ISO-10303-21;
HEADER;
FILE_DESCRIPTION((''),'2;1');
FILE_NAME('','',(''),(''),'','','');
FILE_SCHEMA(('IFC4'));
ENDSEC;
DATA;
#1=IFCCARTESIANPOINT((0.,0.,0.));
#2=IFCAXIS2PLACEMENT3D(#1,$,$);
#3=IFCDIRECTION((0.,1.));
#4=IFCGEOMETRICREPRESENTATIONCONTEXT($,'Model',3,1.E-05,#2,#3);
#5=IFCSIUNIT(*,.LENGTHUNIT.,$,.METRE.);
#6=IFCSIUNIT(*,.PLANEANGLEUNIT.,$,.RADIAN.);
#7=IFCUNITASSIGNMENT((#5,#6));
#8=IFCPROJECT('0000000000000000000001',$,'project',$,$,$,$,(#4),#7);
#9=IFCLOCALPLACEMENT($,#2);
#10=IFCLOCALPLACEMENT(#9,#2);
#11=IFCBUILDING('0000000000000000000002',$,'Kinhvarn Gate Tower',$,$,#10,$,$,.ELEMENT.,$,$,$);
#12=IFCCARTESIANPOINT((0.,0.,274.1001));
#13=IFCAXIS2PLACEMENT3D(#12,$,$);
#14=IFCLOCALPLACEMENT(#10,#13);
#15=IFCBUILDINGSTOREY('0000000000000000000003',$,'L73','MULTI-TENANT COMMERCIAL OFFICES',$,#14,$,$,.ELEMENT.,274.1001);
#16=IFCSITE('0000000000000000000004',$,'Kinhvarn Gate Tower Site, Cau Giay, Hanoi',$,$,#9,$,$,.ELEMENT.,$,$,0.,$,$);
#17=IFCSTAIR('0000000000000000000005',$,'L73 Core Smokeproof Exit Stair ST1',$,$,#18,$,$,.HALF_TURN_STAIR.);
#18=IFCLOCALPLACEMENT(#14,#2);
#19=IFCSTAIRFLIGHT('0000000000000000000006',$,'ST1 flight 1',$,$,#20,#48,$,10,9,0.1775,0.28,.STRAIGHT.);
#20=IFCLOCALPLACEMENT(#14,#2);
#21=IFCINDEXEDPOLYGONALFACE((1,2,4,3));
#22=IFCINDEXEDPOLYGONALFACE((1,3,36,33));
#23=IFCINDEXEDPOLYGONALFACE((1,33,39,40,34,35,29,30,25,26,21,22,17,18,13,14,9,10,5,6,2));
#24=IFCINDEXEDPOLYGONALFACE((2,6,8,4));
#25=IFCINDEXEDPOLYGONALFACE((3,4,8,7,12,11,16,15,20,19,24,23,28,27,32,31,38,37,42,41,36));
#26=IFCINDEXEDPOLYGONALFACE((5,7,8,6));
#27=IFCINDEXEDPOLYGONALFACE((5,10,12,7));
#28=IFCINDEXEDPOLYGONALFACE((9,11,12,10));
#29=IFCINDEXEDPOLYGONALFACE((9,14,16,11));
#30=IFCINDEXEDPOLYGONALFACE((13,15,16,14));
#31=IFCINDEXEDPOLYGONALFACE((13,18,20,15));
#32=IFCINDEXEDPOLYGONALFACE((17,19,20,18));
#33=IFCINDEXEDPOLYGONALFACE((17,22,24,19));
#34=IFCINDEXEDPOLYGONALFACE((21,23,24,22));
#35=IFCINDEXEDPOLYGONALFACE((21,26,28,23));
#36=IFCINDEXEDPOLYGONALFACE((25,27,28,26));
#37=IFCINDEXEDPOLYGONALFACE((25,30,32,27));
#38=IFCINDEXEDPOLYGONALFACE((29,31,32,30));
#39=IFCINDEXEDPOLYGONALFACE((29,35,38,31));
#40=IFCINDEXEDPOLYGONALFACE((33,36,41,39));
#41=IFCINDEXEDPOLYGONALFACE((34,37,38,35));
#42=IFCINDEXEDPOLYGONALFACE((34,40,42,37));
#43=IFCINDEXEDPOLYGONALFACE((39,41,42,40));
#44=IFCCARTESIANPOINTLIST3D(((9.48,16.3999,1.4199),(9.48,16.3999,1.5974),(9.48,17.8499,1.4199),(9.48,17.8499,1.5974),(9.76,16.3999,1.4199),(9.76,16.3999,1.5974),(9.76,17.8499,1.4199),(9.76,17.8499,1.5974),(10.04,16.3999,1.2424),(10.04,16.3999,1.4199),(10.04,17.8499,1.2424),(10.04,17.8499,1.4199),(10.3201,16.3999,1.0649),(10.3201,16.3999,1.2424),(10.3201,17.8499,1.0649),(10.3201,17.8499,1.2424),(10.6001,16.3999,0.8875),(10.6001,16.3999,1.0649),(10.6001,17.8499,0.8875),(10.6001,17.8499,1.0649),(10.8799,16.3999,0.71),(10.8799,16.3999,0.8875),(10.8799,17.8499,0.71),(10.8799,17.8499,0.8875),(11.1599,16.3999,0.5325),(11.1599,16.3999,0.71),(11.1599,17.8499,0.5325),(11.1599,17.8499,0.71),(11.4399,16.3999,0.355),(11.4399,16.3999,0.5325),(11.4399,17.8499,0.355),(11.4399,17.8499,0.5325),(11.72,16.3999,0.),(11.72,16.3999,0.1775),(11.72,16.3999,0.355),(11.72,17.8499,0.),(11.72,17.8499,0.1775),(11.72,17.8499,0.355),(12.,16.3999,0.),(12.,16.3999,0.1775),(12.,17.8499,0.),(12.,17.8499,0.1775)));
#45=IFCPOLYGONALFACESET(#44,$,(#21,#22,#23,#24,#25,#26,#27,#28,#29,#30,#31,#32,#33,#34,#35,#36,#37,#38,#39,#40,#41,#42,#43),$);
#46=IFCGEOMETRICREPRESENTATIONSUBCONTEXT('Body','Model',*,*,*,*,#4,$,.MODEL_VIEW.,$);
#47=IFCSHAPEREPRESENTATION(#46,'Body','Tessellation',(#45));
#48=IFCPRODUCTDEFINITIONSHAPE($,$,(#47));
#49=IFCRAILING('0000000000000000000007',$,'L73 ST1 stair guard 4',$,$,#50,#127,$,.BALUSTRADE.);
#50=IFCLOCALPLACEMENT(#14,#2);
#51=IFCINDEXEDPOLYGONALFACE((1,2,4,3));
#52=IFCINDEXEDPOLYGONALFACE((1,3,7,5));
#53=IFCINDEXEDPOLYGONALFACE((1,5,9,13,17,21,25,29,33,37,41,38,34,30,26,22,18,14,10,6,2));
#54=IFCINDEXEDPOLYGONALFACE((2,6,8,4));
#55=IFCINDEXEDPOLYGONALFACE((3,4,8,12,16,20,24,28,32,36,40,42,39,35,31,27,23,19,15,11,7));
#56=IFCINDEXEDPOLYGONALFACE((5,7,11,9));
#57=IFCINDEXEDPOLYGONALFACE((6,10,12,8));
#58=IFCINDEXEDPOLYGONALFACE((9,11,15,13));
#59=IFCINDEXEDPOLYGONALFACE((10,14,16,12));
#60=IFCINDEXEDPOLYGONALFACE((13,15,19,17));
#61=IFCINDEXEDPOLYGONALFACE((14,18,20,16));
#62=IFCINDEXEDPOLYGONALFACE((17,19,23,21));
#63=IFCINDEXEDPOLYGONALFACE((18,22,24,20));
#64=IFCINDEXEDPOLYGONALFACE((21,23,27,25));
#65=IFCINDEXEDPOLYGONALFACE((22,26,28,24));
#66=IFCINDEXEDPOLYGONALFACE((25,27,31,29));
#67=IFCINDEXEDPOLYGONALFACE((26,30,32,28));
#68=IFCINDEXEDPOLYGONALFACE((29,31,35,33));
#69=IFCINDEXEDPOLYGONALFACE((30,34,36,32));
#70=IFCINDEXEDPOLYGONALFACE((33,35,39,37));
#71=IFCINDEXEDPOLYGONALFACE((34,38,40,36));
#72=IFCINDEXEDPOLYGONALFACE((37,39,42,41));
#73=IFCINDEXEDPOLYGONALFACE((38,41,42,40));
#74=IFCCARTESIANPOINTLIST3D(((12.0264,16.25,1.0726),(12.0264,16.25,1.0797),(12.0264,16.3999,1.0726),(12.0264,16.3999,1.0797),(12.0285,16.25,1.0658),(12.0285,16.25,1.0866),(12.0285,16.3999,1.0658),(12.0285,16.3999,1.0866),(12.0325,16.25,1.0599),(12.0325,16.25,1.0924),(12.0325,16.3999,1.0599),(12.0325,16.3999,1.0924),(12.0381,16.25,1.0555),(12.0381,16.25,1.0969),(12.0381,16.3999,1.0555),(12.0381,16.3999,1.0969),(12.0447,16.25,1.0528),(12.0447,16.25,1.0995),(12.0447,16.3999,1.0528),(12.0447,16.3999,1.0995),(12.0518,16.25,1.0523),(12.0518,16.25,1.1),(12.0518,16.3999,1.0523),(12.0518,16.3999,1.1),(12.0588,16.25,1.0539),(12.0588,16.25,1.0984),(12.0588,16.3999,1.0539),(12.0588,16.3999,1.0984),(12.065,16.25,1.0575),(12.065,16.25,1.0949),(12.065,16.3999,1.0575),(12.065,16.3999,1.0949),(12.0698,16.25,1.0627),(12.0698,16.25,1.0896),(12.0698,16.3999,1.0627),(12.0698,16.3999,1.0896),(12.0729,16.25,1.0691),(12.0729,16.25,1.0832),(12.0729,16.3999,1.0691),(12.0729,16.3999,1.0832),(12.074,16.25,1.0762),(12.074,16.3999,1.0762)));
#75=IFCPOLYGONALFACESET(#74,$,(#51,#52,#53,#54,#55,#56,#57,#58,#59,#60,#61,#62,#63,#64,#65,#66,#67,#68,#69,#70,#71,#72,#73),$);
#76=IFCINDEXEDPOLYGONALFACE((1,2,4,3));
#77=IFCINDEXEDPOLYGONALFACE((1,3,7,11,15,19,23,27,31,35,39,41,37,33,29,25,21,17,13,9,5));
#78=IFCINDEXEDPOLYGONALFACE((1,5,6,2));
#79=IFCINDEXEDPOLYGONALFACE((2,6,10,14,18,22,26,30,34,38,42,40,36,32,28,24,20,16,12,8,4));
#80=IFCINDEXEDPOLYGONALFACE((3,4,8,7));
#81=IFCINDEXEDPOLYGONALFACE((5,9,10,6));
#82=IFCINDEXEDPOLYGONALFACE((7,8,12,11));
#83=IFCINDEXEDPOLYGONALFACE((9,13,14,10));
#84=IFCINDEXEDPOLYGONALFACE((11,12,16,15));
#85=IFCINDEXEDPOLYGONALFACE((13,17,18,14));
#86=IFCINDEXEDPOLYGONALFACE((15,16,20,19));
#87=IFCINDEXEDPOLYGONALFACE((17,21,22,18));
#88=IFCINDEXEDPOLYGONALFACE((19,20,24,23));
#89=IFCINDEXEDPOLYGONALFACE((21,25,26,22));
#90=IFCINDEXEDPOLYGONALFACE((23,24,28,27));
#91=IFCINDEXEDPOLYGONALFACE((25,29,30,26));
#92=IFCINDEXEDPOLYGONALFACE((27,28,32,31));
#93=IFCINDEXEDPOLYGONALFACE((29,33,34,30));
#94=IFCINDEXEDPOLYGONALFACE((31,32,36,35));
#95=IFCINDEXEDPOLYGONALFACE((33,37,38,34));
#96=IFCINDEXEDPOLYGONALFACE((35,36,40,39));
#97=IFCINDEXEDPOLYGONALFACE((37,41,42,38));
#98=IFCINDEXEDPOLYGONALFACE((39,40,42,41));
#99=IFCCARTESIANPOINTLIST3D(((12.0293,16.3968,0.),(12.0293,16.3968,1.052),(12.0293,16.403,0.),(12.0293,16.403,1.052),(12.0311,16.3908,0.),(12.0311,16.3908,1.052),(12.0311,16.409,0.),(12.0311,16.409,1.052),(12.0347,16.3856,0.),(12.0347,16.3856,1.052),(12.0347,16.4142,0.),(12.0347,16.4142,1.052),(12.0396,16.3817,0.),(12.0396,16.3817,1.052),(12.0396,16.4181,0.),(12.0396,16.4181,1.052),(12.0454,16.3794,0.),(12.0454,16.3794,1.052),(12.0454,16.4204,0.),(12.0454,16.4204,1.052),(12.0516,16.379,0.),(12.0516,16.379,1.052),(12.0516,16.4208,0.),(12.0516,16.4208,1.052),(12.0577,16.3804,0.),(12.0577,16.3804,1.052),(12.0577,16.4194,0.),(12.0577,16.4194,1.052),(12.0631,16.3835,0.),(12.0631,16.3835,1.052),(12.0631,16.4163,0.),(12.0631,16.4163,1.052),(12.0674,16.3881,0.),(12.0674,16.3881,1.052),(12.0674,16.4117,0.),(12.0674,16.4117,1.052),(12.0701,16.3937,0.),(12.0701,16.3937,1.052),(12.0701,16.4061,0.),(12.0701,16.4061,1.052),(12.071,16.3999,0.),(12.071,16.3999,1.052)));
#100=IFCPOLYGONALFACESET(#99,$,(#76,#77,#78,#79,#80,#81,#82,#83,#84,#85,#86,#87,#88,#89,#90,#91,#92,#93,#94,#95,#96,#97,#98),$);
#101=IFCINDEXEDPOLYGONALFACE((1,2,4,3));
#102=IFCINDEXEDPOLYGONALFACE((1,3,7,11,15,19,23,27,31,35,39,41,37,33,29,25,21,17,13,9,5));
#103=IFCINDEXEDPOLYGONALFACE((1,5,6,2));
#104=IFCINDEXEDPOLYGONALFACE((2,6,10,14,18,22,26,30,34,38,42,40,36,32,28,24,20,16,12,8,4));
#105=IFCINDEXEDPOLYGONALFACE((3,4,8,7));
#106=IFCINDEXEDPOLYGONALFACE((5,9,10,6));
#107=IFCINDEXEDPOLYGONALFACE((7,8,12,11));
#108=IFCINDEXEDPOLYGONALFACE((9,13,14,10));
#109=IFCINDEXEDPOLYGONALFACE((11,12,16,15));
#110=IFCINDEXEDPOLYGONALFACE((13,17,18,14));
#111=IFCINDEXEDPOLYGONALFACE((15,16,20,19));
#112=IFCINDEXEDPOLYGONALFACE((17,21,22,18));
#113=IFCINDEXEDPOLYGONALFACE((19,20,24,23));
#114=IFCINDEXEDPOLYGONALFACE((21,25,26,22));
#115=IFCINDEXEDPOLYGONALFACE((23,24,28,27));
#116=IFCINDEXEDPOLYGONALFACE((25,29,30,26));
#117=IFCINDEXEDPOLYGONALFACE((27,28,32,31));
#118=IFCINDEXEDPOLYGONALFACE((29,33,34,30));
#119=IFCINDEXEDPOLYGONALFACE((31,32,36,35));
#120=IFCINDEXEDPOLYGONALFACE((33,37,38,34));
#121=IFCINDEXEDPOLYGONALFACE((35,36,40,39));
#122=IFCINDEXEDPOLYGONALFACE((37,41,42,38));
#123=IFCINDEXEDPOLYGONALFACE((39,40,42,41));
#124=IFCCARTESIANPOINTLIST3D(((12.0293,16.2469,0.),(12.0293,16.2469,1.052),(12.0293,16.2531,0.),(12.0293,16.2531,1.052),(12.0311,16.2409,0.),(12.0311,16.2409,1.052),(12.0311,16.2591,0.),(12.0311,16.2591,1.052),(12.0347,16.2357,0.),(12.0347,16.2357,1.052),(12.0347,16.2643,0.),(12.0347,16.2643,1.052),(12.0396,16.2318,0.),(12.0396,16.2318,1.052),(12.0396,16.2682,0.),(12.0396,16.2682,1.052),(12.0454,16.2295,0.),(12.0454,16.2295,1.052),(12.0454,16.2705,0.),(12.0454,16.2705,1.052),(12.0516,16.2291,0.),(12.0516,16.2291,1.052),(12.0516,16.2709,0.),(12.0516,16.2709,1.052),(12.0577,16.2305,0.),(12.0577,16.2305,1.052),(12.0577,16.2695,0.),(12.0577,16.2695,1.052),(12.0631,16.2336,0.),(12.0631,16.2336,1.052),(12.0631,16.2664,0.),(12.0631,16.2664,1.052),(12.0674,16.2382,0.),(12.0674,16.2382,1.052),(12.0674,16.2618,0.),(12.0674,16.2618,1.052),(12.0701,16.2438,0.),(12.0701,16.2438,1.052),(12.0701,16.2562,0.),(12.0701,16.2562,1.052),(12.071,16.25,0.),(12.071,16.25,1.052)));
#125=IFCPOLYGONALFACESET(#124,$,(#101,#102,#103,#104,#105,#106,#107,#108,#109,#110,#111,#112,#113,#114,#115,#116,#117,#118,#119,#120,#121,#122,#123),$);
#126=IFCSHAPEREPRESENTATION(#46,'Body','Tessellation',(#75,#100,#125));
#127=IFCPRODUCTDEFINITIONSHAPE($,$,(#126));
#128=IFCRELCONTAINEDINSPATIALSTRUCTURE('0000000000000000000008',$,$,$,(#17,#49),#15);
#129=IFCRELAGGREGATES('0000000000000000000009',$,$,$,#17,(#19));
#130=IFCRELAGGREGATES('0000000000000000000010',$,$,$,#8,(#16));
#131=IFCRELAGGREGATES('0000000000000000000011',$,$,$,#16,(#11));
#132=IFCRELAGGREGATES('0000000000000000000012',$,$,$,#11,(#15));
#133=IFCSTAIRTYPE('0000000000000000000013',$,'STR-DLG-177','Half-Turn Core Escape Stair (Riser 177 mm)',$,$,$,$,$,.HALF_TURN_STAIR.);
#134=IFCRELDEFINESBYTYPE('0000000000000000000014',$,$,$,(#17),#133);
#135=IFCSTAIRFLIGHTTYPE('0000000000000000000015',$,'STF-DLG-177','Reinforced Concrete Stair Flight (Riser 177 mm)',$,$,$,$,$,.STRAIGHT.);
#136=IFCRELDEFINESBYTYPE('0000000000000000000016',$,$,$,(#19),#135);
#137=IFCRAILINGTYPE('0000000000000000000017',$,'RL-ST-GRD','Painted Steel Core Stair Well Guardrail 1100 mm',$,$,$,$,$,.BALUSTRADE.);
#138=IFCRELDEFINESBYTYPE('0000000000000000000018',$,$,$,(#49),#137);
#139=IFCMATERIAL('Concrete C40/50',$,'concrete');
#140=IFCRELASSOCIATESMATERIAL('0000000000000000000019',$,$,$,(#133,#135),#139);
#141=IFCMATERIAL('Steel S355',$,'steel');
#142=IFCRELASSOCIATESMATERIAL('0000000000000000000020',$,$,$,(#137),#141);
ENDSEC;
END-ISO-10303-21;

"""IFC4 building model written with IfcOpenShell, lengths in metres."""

from ifc_helpers import new_model, si_unit, direction, frame, origin, origin_2d, place, context, subcontext, project, spatial, polyline, circle, outline, extrude, material, type_object, element, aggregate, save


model = new_model("IFC4")

# Units and contexts
model_context = context("Model", 3, precision=1e-05, world=origin(), true_north=direction((0.0, 1.0)))
body_context = subcontext(model_context, "Body", "Model", "MODEL_VIEW")
ifc_project = project(units=[si_unit("LENGTHUNIT", "METRE"), si_unit("PLANEANGLEUNIT", "RADIAN")], contexts=[model_context])

# Site, building, storey
site_placement = place(None, origin())
site = spatial("IfcSite", under=ifc_project, at=site_placement, Name="Kinhvarn Gate Tower Site, Cau Giay, Hanoi", CompositionType="ELEMENT", RefElevation=0.0)
building_placement = place(site_placement, origin())
building = spatial("IfcBuilding", under=site, at=building_placement, Name="Kinhvarn Gate Tower", CompositionType="ELEMENT")
storey_placement = place(building_placement, frame((0.0, 0.0, 274.1001)))
storey = spatial("IfcBuildingStorey", under=building, at=storey_placement, Name="L73", Description="MULTI-TENANT COMMERCIAL OFFICES", CompositionType="ELEMENT", Elevation=274.1001)

# Shared definitions
ifc_material_1 = material(Name="Steel S355", Category="steel")

# Shared definitions
ifc_material_2 = material(Name="Concrete C40/50", Category="concrete")

# Stair, stair flight
stair_type = type_object("IfcStairType", Name="STR-DLG-177", Description="Half-Turn Core Escape Stair (Riser 177 mm)", PredefinedType="HALF_TURN_STAIR", material=ifc_material_2)
stair_placement = place(storey_placement, origin())
stair = element("IfcStair", 1, at=stair_placement, inside=storey, type_object=stair_type, Name="L73 Core Smokeproof Exit Stair ST1", PredefinedType="HALF_TURN_STAIR")
stair_flight_type = type_object("IfcStairFlightType", Name="STF-DLG-177", Description="Reinforced Concrete Stair Flight (Riser 177 mm)", PredefinedType="STRAIGHT", material=ifc_material_2)
stair_flight_placement = place(storey_placement, frame((12.0, 17.125, 0.0), z_axis=(0.0, 0.0, 1.0), x_axis=(-1.0, 0.0, 0.0)))
stair_flight = element("IfcStairFlight", 2, at=stair_flight_placement, type_object=stair_flight_type, Name="ST1 flight 1", NumberOfRisers=10, NumberOfTreads=9, PredefinedType="STRAIGHT", RiserHeight=0.1775, TreadLength=0.28, context=body_context, shape_type="SweptSolid", body=[
    extrude(outline(polyline([(0.0, 0.0), (0.0, 0.1775), (0.28, 0.1775), (0.28, 0.355), (0.5601, 0.355), (0.5601, 0.5325), (0.8401, 0.5325), (0.8401, 0.71), (1.1201, 0.71), (1.1201, 0.8875), (1.3999, 0.8875), (1.3999, 1.0649), (1.6799, 1.0649), (1.6799, 1.2424), (1.96, 1.2424), (1.96, 1.4199), (2.24, 1.4199), (2.24, 1.5974), (2.52, 1.5974), (2.52, 1.7749), (2.52, 1.4199), (0.28, 0.0), (0.0, 0.0)])), frame((0.0, 0.7251, 0.0), z_axis=(0.0, -1.0, 0.0), x_axis=(1.0, 0.0, 0.0)), (0.0, 0.0, 1.0), 1.45),
])
aggregate(stair, [stair_flight])

# Railing
railing_type_1 = type_object("IfcRailingType", Name="RL-ST-GRD", Description="Painted Steel Core Stair Well Guardrail 1100 mm", PredefinedType="BALUSTRADE", material=ifc_material_1)
railing_1_placement = place(storey_placement, frame((12.05, 16.3999, 0.0)))
element("IfcRailing", 3, at=railing_1_placement, inside=storey, type_object=railing_type_1, Name="L73 ST1 stair guard 4", PredefinedType="BALUSTRADE", context=body_context, shape_type="SweptSolid", body=[
    extrude(circle(Radius=0.0239, at=origin_2d()), frame((0.0, 0.0, 1.0762), z_axis=(0.0, -1.0, 0.0), x_axis=(1.0, 0.0, 0.0)), (0.0, 0.0, 1.0), 0.1499),
    extrude(circle(Radius=0.021, at=origin_2d()), origin(), (0.0, 0.0, 1.0), 1.052),
    extrude(circle(Radius=0.021, at=origin_2d()), frame((0.0, -0.1499, 0.0)), (0.0, 0.0, 1.0), 1.052),
])

save(model, "model.ifc")
